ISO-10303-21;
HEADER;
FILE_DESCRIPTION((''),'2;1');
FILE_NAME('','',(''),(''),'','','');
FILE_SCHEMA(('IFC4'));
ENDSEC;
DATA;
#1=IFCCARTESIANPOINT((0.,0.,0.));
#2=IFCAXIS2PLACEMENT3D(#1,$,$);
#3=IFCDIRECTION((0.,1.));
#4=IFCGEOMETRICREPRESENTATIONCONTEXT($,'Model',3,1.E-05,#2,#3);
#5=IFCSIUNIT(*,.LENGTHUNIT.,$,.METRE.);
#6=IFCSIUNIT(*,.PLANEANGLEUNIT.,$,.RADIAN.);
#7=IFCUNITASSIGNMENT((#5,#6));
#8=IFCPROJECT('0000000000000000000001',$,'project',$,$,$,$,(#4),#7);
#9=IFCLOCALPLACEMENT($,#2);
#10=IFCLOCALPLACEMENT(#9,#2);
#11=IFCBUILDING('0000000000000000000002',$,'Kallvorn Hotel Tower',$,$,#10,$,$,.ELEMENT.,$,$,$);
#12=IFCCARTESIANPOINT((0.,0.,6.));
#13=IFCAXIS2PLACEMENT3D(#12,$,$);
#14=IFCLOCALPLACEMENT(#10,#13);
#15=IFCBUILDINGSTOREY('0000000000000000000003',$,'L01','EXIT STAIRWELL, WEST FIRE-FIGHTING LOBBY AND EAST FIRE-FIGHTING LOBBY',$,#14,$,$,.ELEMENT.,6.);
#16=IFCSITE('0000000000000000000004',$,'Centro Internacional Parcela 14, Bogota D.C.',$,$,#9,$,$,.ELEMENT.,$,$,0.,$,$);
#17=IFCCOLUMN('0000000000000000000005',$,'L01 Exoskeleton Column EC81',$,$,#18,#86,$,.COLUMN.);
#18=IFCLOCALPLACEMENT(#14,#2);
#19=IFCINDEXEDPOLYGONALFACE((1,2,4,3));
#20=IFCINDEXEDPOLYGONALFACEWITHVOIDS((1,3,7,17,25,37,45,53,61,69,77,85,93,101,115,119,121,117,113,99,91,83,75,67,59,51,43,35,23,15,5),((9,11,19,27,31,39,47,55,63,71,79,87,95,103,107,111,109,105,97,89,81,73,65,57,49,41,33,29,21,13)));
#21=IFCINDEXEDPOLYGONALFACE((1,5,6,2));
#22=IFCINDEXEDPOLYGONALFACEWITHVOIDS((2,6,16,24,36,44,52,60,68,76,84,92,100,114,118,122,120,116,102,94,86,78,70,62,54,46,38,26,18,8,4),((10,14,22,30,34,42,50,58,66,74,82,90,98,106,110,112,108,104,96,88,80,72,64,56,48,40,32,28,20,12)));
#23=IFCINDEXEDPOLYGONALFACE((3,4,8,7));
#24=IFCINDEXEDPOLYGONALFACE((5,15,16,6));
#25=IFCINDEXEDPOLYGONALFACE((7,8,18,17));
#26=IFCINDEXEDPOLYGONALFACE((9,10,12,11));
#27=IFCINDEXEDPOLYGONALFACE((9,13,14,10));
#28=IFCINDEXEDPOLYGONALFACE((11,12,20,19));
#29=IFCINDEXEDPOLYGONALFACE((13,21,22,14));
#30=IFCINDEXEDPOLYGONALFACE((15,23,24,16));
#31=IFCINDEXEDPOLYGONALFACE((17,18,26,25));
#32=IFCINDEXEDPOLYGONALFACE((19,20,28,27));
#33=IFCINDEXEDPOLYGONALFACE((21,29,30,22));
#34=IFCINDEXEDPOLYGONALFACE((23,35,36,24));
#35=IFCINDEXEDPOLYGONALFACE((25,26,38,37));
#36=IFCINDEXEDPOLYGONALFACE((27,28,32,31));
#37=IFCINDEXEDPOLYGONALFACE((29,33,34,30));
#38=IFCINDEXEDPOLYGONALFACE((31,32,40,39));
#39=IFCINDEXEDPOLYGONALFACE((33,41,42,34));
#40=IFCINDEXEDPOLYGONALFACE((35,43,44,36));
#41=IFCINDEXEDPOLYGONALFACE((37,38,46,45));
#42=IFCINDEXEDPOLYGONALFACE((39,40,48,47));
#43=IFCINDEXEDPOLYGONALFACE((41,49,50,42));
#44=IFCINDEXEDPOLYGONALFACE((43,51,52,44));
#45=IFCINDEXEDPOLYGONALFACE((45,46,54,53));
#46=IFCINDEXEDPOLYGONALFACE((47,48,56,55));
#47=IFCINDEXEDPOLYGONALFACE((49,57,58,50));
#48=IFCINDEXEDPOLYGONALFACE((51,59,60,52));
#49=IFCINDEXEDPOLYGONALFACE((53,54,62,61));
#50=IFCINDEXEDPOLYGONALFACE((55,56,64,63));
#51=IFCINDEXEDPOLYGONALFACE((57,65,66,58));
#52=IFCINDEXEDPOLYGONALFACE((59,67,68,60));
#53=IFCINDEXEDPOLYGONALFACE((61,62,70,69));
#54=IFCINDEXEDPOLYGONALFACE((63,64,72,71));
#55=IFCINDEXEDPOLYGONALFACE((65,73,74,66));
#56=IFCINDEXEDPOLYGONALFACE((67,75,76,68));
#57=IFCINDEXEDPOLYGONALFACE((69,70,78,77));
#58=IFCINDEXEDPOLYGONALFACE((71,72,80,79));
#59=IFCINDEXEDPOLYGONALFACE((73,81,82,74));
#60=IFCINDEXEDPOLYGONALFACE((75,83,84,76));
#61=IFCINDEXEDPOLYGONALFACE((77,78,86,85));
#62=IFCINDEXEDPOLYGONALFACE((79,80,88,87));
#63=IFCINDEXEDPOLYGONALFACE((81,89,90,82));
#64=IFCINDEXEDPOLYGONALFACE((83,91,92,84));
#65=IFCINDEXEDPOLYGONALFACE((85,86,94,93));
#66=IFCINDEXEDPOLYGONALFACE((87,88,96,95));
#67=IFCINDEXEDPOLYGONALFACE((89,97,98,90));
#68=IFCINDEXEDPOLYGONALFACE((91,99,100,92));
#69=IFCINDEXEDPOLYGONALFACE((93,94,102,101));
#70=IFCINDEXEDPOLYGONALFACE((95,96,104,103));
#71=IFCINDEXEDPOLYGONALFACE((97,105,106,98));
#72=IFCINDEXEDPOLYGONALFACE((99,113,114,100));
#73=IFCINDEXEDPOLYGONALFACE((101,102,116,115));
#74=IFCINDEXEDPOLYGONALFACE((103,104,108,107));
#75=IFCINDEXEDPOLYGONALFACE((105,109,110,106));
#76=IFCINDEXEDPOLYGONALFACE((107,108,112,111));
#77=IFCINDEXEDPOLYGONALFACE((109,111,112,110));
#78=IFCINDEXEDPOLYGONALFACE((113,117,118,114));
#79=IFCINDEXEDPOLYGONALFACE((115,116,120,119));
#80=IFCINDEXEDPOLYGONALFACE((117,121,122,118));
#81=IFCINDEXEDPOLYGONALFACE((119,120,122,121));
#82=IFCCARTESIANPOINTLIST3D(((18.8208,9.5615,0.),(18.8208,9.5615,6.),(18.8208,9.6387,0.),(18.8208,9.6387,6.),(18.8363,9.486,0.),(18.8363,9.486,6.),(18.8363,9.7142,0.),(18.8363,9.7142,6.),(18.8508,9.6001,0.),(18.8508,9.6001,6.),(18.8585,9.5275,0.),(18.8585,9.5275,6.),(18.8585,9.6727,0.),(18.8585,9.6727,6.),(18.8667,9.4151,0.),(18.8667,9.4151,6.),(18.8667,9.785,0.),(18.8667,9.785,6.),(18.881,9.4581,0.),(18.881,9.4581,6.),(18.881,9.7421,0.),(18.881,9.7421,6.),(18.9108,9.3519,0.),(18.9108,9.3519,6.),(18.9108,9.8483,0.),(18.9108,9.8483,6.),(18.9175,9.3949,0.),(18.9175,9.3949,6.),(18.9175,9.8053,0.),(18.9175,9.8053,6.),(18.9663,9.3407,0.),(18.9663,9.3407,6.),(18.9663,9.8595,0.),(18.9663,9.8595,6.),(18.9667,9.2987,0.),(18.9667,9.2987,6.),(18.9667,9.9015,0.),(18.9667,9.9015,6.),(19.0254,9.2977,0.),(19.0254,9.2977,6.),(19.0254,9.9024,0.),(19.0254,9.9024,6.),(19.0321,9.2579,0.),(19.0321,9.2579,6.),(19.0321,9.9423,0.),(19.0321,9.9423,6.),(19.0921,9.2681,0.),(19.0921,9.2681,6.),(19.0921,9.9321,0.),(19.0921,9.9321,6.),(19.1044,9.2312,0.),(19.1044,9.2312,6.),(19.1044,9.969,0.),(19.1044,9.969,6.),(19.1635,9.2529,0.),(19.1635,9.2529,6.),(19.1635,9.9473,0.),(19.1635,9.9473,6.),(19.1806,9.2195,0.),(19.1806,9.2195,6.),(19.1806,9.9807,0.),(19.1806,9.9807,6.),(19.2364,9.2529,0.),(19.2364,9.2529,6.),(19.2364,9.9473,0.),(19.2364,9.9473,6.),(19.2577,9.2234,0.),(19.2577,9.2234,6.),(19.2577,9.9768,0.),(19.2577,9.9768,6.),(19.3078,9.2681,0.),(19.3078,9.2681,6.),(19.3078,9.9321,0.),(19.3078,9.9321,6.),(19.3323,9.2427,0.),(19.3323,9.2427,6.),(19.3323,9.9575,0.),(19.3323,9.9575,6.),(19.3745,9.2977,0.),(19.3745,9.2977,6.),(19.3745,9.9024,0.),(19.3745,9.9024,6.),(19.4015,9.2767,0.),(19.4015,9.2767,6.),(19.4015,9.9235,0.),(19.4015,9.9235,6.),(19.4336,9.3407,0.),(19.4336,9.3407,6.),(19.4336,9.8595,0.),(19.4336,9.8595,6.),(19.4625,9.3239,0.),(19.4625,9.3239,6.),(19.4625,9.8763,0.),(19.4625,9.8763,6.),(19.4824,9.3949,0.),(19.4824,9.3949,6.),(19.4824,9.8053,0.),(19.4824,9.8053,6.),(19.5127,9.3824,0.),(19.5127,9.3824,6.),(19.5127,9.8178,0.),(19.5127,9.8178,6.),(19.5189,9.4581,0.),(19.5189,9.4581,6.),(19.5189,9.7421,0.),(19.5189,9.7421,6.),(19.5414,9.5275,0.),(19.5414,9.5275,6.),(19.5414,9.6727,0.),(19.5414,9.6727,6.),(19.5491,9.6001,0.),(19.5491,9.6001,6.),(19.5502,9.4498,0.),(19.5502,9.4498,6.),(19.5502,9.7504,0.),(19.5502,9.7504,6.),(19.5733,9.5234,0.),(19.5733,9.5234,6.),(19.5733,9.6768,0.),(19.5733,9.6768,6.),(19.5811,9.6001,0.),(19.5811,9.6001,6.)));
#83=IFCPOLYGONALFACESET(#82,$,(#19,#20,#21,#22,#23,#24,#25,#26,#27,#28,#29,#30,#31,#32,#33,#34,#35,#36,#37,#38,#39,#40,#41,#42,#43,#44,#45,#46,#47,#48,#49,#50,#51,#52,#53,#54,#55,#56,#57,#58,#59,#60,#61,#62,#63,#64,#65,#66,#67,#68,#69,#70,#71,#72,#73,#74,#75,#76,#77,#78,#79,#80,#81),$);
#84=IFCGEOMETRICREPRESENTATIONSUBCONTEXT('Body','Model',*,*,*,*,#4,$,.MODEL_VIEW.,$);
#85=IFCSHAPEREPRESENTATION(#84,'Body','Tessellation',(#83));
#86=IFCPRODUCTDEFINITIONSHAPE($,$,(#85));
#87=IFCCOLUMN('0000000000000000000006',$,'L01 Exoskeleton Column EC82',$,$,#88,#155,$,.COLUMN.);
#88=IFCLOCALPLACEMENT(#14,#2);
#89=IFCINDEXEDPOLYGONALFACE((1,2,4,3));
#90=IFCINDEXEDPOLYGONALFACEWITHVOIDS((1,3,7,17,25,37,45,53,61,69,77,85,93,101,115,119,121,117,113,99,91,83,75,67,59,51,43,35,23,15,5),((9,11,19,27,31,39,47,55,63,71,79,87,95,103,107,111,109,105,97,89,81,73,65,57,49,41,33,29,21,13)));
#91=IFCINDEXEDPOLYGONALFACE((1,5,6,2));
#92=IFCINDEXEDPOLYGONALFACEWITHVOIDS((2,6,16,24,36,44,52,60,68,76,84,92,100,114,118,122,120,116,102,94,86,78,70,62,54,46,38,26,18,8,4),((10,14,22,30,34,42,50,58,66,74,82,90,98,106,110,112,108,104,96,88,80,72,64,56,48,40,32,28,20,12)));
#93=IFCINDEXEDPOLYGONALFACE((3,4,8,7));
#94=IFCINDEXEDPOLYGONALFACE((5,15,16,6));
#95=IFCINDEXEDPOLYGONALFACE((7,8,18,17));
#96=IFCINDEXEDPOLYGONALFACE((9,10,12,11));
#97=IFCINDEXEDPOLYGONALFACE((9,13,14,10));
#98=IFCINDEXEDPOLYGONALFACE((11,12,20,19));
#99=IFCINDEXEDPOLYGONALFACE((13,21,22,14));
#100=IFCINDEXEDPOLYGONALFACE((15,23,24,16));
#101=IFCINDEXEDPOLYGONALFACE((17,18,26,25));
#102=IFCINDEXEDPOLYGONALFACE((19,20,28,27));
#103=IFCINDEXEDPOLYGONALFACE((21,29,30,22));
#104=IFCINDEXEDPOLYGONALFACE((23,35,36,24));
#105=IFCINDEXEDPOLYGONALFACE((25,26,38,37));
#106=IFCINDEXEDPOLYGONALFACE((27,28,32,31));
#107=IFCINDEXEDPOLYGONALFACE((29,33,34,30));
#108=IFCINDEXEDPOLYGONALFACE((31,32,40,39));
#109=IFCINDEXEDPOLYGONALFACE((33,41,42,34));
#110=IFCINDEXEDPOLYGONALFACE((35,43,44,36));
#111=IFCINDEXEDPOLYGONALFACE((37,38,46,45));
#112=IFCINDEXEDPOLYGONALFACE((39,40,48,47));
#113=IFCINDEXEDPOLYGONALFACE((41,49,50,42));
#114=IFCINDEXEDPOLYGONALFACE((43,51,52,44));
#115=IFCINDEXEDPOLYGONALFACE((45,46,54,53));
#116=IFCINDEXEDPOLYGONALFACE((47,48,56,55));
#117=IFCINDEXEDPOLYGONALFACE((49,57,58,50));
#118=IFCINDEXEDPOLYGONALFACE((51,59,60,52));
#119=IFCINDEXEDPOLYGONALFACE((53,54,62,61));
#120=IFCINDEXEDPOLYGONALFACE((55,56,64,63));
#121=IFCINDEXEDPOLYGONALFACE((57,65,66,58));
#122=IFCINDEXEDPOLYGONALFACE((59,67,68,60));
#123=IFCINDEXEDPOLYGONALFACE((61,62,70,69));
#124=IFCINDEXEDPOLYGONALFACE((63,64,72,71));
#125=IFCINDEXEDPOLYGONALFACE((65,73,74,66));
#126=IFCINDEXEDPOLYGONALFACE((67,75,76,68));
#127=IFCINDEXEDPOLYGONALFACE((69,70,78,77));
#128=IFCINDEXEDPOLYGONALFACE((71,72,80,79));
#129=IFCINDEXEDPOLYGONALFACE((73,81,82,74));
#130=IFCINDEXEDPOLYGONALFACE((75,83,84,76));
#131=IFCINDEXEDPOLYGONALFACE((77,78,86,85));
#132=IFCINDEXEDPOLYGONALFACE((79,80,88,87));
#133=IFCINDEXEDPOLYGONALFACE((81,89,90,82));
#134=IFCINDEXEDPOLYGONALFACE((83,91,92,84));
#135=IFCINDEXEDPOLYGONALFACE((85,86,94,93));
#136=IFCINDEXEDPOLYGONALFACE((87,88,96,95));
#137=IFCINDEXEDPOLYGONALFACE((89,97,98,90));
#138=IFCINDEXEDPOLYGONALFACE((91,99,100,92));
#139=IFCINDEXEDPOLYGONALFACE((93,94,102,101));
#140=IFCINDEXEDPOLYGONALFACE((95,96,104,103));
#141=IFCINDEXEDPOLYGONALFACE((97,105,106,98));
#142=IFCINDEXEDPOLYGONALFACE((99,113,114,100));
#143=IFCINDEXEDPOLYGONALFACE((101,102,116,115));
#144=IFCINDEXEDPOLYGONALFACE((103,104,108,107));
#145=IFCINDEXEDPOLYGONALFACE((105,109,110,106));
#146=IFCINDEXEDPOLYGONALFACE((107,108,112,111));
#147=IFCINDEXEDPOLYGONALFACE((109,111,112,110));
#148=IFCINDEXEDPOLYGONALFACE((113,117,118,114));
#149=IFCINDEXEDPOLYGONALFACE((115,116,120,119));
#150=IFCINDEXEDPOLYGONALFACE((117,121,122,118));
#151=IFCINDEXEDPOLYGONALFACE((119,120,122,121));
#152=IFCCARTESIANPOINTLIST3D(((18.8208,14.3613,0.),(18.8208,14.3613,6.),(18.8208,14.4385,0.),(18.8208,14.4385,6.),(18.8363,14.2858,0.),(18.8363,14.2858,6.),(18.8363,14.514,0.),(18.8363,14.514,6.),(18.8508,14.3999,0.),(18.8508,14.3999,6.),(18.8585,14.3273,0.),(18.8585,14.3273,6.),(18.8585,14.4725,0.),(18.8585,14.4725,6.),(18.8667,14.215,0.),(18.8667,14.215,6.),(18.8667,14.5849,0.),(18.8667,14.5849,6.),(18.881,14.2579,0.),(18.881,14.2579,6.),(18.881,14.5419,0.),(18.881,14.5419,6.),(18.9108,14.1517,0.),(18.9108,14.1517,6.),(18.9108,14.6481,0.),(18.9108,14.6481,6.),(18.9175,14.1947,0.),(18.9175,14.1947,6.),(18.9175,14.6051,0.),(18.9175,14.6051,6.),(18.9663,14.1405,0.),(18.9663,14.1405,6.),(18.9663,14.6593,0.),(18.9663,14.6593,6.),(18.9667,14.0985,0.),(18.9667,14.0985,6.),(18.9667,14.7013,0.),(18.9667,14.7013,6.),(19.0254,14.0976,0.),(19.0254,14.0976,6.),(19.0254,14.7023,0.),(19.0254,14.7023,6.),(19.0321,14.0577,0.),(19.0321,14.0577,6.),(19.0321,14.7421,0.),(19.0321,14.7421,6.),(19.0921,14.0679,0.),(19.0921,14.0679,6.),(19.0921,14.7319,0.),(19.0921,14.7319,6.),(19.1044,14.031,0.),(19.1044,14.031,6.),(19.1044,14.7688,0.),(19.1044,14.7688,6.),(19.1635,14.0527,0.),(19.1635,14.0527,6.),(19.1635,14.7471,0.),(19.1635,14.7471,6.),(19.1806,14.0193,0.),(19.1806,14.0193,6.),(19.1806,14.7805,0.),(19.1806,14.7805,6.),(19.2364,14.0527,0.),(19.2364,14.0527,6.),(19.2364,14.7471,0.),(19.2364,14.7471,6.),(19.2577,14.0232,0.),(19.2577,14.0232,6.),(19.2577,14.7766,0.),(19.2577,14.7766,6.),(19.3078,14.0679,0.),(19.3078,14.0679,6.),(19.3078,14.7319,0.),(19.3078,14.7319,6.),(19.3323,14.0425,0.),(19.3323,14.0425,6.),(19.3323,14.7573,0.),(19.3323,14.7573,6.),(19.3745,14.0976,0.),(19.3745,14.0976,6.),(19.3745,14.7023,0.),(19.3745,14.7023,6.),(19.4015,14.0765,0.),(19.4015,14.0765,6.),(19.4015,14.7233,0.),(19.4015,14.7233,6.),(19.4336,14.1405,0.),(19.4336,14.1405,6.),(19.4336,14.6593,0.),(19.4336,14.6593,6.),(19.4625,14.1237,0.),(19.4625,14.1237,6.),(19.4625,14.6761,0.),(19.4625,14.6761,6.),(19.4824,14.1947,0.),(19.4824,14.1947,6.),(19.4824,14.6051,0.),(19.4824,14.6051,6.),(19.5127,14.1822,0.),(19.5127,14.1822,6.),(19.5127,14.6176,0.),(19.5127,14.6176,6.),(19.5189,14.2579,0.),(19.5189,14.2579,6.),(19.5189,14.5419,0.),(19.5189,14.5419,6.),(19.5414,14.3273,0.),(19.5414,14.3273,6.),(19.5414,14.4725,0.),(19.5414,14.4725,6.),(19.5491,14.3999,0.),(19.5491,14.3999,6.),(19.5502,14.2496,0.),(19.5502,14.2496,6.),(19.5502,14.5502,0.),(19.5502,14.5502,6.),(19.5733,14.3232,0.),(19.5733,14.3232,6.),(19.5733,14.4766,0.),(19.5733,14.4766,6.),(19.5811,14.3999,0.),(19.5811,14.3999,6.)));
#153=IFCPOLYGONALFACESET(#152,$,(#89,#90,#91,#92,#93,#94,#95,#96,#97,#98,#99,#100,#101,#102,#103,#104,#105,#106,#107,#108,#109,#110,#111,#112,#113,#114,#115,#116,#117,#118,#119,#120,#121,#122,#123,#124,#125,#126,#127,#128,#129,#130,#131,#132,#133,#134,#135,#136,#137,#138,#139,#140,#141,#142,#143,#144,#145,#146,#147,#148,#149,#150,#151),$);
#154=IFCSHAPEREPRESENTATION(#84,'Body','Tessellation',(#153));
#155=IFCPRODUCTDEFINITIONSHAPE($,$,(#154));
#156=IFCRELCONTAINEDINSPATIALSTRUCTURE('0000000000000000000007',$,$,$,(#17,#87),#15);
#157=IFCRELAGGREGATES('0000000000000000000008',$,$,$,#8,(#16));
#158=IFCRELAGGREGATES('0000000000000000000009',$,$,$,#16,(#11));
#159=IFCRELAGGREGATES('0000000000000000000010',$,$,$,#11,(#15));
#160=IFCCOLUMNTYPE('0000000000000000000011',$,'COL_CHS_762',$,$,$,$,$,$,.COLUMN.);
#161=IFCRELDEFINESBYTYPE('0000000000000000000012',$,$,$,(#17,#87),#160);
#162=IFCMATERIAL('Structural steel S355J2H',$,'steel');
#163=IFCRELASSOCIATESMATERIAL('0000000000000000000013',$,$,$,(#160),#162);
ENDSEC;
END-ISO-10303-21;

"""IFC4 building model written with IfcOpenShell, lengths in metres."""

from ifc_helpers import new_model, si_unit, direction, frame, origin, origin_2d, place, context, subcontext, project, spatial, hollow_circle, extrude, material, material_profile, profile_set, type_object, element, save


model = new_model("IFC4")

# Units and contexts
model_context = context("Model", 3, precision=1e-05, world=origin(), true_north=direction((0.0, 1.0)))
body_context = subcontext(model_context, "Body", "Model", "MODEL_VIEW")
ifc_project = project(units=[si_unit("LENGTHUNIT", "METRE"), si_unit("PLANEANGLEUNIT", "RADIAN")], contexts=[model_context])

# Site, building, storey
site_placement = place(None, origin())
site = spatial("IfcSite", under=ifc_project, at=site_placement, Name="Centro Internacional Parcela 14, Bogota D.C.", CompositionType="ELEMENT", RefElevation=0.0)
building_placement = place(site_placement, origin())
building = spatial("IfcBuilding", under=site, at=building_placement, Name="Kallvorn Hotel Tower", CompositionType="ELEMENT")
storey_placement = place(building_placement, frame((0.0, 0.0, 6.0)))
storey = spatial("IfcBuildingStorey", under=building, at=storey_placement, Name="L01", Description="EXIT STAIRWELL, WEST FIRE-FIGHTING LOBBY AND EAST FIRE-FIGHTING LOBBY", CompositionType="ELEMENT", Elevation=6.0)

# Columns
ifc_material_1 = material(Name="Structural steel S355J2H", Category="steel")
ifc_material_profile_1 = material_profile(ifc_material_1, hollow_circle(Radius=0.3811, WallThickness=0.032, at=origin_2d()), Name="CHS 762x32")
ifc_profile_set_1 = profile_set([ifc_material_profile_1], Name="Structural steel S355J2H")
column_type_1 = type_object("IfcColumnType", Name="COL_CHS_762", PredefinedType="COLUMN", material=ifc_profile_set_1)
for number, where, z_axis, x_axis, name in (
    (1, (19.2, 9.6001, 0.0), (0.0, 0.0, 1.0), (1.0, 0.0, 0.0), "L01 Exoskeleton Column EC81"),
    (2, (19.2, 14.3999, 0.0), (0.0, 0.0, 1.0), (1.0, 0.0, 0.0), "L01 Exoskeleton Column EC82"),
):
    element("IfcColumn", number, at=place(storey_placement, frame(where, z_axis=z_axis, x_axis=x_axis)), inside=storey, type_object=column_type_1, Name=name, PredefinedType="COLUMN", context=body_context, shape_type="SweptSolid", body=[
        extrude(hollow_circle(Radius=0.3811, WallThickness=0.032, at=origin_2d()), origin(), (0.0, 0.0, 1.0), 6.0),
    ])

save(model, "model.ifc")
